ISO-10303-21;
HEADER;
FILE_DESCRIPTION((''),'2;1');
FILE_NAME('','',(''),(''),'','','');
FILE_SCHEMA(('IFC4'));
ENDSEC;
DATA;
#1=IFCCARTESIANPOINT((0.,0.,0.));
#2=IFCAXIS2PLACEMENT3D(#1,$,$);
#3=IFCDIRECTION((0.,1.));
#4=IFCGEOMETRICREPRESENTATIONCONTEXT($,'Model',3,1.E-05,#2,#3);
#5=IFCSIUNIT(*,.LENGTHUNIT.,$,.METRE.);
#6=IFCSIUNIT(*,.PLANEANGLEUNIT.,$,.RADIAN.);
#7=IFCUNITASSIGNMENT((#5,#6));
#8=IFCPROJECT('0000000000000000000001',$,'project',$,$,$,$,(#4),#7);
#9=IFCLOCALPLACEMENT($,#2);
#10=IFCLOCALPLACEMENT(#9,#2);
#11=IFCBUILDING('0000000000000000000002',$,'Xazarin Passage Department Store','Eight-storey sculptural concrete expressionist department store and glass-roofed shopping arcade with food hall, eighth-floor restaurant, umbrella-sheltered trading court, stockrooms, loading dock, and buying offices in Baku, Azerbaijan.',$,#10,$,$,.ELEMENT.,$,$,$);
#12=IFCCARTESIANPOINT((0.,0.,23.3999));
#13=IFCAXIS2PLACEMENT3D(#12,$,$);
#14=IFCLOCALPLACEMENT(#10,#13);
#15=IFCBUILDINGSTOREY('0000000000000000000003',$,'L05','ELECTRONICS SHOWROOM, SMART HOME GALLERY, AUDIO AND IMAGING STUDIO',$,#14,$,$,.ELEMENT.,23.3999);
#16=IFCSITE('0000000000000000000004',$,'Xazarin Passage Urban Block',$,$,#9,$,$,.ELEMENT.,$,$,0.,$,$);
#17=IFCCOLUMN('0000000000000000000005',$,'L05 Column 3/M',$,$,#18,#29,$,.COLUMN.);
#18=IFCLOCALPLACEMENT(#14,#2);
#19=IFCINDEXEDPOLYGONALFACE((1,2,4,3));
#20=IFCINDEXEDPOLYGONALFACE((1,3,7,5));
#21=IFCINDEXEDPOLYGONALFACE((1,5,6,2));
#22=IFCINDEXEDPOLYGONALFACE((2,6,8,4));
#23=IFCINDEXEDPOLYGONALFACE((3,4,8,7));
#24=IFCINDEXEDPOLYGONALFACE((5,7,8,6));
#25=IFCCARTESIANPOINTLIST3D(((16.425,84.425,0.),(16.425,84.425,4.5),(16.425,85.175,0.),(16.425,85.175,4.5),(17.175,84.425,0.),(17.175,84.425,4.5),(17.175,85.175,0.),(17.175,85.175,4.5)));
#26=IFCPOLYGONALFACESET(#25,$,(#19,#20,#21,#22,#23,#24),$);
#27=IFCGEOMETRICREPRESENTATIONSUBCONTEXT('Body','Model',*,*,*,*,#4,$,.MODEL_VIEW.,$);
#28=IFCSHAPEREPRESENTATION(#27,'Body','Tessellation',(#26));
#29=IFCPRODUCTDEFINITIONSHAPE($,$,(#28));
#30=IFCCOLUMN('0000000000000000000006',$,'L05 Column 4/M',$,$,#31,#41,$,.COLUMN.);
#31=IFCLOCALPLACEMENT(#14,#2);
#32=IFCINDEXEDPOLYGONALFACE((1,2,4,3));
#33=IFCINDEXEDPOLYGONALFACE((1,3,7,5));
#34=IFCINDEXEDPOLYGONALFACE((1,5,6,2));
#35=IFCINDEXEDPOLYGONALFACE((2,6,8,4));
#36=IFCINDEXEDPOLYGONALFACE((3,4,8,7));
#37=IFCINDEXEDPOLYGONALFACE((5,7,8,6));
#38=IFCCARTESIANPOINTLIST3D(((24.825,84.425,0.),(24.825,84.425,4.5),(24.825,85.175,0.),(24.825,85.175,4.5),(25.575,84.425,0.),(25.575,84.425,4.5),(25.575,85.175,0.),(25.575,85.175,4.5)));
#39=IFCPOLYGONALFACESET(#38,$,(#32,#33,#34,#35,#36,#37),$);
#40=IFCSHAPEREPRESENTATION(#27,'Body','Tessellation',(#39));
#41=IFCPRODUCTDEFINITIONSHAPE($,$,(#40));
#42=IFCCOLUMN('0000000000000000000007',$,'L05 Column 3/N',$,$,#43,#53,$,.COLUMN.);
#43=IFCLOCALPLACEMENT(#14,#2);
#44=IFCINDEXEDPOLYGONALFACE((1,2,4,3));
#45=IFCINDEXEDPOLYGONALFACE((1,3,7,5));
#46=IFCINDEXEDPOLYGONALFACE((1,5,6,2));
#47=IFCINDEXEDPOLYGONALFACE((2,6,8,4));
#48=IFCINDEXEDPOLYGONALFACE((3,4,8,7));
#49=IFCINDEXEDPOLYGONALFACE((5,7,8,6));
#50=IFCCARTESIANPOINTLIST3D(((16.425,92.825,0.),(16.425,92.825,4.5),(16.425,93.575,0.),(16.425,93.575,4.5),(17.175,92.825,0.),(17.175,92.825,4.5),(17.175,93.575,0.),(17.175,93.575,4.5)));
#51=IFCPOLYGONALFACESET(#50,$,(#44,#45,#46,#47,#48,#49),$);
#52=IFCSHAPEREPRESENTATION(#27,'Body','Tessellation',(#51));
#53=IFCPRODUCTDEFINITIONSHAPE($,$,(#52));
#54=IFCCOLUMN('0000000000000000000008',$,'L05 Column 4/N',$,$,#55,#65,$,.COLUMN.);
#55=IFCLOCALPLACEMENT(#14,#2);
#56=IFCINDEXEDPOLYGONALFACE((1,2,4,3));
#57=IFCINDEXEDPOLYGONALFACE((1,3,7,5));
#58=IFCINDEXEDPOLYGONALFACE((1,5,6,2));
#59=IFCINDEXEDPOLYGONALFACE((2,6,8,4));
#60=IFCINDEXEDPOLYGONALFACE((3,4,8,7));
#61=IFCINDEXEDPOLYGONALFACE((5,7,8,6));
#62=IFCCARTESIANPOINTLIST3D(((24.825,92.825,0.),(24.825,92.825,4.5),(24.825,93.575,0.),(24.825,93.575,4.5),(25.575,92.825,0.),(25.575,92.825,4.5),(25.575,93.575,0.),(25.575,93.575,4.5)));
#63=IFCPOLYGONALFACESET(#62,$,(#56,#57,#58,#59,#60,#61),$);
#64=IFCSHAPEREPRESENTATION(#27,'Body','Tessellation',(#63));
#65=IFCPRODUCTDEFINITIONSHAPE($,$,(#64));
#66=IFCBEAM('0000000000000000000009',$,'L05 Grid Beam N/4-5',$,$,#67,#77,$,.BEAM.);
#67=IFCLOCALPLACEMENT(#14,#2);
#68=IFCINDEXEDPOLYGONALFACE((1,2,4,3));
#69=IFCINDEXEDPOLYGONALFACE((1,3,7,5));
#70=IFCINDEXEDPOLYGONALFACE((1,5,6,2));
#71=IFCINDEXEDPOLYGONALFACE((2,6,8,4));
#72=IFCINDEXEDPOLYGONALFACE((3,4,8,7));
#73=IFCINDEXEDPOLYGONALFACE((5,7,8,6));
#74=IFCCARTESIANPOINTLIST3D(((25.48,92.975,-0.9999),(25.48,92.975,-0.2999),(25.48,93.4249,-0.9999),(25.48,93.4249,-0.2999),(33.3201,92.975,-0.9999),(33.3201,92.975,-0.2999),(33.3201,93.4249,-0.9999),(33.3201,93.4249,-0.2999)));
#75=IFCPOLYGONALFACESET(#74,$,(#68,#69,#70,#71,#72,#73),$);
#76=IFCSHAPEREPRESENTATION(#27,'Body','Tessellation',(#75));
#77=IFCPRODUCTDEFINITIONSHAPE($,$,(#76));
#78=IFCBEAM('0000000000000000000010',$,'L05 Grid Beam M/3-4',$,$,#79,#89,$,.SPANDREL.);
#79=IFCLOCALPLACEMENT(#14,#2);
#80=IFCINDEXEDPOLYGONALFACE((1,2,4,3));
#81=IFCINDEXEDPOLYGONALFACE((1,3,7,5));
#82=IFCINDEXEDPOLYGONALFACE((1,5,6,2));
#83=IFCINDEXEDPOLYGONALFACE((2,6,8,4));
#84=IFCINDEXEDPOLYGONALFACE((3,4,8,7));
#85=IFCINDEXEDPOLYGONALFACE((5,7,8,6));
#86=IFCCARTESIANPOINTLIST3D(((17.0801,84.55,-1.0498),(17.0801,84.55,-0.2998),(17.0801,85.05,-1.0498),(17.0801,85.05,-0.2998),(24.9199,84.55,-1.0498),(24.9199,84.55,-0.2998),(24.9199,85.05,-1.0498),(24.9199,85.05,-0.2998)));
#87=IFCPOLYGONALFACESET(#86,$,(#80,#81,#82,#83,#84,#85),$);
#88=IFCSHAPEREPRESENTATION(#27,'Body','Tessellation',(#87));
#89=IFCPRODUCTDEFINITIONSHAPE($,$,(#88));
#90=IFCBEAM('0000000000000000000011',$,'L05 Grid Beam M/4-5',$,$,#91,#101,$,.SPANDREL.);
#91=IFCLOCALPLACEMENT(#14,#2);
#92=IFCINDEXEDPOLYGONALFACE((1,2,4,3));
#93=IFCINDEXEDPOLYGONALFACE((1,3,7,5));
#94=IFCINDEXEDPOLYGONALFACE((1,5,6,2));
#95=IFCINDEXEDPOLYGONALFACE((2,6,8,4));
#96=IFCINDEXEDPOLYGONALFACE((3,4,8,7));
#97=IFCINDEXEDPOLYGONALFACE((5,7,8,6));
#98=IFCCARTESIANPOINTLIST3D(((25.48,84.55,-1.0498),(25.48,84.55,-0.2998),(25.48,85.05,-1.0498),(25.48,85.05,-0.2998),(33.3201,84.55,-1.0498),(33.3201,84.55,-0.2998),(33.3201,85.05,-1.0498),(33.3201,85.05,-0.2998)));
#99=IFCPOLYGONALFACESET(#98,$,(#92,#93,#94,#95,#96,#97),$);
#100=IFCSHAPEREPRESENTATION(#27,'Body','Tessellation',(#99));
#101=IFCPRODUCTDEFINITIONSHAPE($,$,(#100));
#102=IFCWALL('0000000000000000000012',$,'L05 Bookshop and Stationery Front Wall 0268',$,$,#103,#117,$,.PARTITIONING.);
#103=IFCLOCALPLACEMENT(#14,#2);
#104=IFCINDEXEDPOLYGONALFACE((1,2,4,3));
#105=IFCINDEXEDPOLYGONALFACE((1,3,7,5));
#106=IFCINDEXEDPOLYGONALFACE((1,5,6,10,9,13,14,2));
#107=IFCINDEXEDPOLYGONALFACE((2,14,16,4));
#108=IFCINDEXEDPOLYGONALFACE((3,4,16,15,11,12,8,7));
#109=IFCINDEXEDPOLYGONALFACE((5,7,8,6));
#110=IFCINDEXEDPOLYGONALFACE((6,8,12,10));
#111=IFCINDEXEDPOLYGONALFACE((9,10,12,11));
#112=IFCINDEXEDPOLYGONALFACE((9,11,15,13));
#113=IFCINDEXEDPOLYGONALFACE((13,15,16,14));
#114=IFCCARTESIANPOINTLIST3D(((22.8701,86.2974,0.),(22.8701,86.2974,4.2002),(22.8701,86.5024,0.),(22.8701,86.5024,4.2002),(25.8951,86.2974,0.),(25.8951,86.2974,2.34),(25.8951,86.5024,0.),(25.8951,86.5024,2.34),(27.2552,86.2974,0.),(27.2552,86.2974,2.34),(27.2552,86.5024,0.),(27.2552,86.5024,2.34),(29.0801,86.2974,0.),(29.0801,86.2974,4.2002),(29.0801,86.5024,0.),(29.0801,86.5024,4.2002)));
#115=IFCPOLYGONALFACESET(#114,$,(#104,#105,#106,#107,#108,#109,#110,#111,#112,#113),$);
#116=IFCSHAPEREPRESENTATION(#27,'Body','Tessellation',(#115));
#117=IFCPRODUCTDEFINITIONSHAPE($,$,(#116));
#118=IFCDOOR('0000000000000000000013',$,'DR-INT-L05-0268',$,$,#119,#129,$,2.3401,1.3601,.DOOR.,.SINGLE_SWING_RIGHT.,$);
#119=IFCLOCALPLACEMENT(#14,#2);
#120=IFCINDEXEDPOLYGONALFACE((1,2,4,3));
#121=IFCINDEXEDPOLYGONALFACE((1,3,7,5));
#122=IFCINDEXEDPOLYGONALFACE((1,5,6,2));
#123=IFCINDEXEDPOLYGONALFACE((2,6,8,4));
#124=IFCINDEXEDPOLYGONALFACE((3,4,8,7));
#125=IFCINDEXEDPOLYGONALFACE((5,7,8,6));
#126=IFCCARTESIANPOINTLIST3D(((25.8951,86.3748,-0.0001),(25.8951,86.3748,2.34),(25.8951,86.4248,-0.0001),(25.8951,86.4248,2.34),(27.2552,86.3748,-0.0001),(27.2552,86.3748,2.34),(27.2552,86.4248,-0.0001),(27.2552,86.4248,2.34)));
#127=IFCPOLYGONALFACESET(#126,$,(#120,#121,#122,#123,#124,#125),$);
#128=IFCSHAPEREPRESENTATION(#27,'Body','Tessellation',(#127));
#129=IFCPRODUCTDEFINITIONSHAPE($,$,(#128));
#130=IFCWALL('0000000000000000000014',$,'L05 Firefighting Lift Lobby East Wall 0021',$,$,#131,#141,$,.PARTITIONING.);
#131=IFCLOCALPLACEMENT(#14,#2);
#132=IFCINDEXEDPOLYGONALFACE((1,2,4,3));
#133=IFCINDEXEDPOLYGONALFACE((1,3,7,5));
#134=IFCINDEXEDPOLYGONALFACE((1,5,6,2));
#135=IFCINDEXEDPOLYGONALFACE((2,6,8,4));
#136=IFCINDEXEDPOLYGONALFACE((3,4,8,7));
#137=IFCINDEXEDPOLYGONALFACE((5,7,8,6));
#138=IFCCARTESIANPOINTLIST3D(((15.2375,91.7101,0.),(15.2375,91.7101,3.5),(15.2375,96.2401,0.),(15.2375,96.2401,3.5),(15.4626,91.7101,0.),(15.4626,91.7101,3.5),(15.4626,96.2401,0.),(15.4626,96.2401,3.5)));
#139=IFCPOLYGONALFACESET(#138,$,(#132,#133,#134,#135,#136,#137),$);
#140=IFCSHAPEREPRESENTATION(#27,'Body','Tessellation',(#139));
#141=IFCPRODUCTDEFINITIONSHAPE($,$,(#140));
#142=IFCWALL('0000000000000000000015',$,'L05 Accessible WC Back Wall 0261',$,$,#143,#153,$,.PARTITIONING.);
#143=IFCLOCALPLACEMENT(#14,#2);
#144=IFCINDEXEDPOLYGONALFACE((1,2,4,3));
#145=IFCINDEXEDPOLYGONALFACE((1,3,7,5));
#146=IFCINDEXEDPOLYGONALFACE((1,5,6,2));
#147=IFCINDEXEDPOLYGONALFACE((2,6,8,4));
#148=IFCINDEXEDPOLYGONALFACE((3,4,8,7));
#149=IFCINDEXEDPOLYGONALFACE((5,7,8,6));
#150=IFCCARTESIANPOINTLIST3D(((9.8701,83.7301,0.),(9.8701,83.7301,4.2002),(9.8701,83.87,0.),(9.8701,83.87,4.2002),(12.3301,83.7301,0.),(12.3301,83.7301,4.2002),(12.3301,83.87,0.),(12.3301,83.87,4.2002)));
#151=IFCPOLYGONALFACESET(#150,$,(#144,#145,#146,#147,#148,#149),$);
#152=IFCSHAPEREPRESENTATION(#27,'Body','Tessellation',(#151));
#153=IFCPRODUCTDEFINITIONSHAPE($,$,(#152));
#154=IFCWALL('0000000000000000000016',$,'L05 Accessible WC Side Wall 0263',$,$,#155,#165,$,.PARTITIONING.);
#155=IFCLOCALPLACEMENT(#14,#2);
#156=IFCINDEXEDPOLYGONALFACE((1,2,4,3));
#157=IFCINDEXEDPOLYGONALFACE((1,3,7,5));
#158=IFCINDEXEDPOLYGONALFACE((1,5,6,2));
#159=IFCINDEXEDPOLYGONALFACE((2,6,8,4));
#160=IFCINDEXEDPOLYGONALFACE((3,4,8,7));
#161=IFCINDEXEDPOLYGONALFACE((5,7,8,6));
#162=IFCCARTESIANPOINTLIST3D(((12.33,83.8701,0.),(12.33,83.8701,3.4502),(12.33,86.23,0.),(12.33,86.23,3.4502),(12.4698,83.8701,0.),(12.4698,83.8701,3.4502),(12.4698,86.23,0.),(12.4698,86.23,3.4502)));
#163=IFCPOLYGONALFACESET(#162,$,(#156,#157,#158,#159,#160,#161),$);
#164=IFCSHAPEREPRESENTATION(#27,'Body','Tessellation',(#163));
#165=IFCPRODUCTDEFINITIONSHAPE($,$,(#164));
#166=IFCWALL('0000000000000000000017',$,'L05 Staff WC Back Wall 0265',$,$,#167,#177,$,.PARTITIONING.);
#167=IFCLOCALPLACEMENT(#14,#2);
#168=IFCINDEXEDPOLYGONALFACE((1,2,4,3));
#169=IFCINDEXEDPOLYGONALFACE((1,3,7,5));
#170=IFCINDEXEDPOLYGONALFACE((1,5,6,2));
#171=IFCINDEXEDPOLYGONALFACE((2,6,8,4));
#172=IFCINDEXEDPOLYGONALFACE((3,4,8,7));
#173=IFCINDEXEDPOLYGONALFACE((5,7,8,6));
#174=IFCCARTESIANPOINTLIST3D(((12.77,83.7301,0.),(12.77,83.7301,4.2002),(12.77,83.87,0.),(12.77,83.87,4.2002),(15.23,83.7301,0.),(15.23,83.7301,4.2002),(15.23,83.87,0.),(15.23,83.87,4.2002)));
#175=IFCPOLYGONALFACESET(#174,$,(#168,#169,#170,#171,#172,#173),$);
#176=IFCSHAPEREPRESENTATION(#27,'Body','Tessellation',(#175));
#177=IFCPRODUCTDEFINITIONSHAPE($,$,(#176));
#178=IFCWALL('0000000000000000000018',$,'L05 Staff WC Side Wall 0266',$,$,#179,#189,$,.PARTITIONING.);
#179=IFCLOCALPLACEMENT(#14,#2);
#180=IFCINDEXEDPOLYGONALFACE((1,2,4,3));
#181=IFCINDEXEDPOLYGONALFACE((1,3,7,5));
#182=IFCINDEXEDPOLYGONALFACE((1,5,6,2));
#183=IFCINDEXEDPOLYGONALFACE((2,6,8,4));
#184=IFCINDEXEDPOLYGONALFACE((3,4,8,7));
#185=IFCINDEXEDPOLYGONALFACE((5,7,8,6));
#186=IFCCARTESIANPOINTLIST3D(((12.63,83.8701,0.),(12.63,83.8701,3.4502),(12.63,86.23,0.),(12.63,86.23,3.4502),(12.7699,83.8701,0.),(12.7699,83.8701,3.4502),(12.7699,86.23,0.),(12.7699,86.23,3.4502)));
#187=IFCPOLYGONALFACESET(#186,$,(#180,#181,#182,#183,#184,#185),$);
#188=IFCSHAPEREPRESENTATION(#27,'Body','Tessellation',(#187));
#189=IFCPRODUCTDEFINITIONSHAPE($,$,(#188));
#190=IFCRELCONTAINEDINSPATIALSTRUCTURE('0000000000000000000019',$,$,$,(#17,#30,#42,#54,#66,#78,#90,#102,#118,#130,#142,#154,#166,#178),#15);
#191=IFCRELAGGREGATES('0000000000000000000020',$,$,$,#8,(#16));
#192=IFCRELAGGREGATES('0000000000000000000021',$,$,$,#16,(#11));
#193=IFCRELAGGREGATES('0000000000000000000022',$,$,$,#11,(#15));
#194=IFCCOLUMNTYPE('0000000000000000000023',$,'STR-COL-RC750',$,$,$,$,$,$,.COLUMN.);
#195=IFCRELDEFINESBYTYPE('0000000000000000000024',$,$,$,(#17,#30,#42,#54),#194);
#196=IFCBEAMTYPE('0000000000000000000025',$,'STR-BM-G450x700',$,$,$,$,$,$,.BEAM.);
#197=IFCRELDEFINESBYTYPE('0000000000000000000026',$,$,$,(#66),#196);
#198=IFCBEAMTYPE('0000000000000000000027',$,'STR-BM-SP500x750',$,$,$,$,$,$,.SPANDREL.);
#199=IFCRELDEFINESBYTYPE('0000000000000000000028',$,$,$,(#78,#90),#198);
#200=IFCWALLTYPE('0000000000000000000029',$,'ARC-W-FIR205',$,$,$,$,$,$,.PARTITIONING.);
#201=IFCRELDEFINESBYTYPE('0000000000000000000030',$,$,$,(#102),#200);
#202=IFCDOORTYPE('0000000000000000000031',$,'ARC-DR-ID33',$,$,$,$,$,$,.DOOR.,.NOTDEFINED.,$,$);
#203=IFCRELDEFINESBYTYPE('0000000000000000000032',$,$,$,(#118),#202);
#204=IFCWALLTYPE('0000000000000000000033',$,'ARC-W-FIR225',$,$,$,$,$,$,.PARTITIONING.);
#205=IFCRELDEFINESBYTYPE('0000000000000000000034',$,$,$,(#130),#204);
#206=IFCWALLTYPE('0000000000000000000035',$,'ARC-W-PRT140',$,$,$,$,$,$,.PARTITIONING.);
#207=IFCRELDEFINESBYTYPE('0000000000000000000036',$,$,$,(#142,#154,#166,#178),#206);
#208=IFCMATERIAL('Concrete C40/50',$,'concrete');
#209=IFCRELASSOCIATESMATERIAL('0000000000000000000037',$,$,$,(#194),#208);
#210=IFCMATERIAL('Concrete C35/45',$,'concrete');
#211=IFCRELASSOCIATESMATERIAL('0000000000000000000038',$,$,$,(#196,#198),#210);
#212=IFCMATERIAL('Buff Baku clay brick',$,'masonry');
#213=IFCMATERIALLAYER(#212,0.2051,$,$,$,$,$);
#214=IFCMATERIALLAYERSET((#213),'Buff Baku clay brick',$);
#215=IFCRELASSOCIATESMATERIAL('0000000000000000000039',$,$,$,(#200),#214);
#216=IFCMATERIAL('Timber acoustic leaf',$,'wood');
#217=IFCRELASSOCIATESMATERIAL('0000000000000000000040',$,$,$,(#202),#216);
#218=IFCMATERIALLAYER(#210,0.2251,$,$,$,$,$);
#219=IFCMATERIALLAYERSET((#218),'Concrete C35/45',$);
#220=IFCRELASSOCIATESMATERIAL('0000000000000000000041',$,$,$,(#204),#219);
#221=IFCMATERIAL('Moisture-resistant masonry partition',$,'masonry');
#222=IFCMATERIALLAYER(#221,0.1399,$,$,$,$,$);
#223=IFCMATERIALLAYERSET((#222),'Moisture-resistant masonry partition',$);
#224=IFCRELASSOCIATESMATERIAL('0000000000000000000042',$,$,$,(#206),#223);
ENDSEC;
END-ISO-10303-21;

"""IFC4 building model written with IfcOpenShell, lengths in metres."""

from ifc_helpers import new_model, si_unit, direction, frame, frame_2d, origin, origin_2d, place, context, subcontext, project, spatial, rectangle, extrude, material, layer, layer_set, material_profile, profile_set, type_object, element, fill, save


model = new_model("IFC4")

# Units and contexts
model_context = context("Model", 3, precision=1e-05, world=origin(), true_north=direction((0.0, 1.0)))
body_context = subcontext(model_context, "Body", "Model", "MODEL_VIEW")
ifc_project = project(units=[si_unit("LENGTHUNIT", "METRE"), si_unit("PLANEANGLEUNIT", "RADIAN")], contexts=[model_context])

# Site, building, storey
site_placement = place(None, origin())
site = spatial("IfcSite", under=ifc_project, at=site_placement, Name="Xazarin Passage Urban Block", CompositionType="ELEMENT", RefElevation=0.0)
building_placement = place(site_placement, origin())
building = spatial("IfcBuilding", under=site, at=building_placement, Name="Xazarin Passage Department Store", Description="Eight-storey sculptural concrete expressionist department store and glass-roofed shopping arcade with food hall, eighth-floor restaurant, umbrella-sheltered trading court, stockrooms, loading dock, and buying offices in Baku, Azerbaijan.", CompositionType="ELEMENT")
storey_placement = place(building_placement, frame((0.0, 0.0, 23.3999)))
storey = spatial("IfcBuildingStorey", under=building, at=storey_placement, Name="L05", Description="ELECTRONICS SHOWROOM, SMART HOME GALLERY, AUDIO AND IMAGING STUDIO", CompositionType="ELEMENT", Elevation=23.3999)

# Columns
ifc_material_1 = material(Name="Concrete C40/50", Category="concrete")
ifc_material_profile_1 = material_profile(ifc_material_1, rectangle(XDim=0.75, YDim=0.75, at=origin_2d()), Name="RC 750x750")
ifc_profile_set_1 = profile_set([ifc_material_profile_1], Name="Concrete C40/50")
column_type = type_object("IfcColumnType", Name="STR-COL-RC750", PredefinedType="COLUMN", material=ifc_profile_set_1)
for number, where, z_axis, x_axis, name in (
    (1, (16.8, 84.8, 0.0), (0.0, 0.0, 1.0), (1.0, 0.0, 0.0), "L05 Column 3/M"),
    (2, (25.2, 84.8, 0.0), (0.0, 0.0, 1.0), (1.0, 0.0, 0.0), "L05 Column 4/M"),
    (3, (16.8, 93.2, 0.0), (0.0, 0.0, 1.0), (1.0, 0.0, 0.0), "L05 Column 3/N"),
    (4, (25.2, 93.2, 0.0), (0.0, 0.0, 1.0), (1.0, 0.0, 0.0), "L05 Column 4/N"),
):
    element("IfcColumn", number, at=place(storey_placement, frame(where, z_axis=z_axis, x_axis=x_axis)), inside=storey, type_object=column_type, Name=name, PredefinedType="COLUMN", context=body_context, shape_type="SweptSolid", body=[
        extrude(rectangle(XDim=0.75, YDim=0.75, at=origin_2d()), origin(), (0.0, 0.0, 1.0), 4.5),
    ])

# Beams
ifc_material_2 = material(Name="Concrete C35/45", Category="concrete")
ifc_material_profile_2 = material_profile(ifc_material_2, rectangle(XDim=0.45, YDim=0.7, at=origin_2d()), Name="RC 450x700")
ifc_profile_set_2 = profile_set([ifc_material_profile_2], Name="Concrete C35/45")
beam_type_1 = type_object("IfcBeamType", Name="STR-BM-G450x700", PredefinedType="BEAM", material=ifc_profile_set_2)
beam_1_placement = place(storey_placement, frame((25.48, 93.2, -0.6499), z_axis=(1.0, 0.0, 0.0), x_axis=(0.0, 1.0, 0.0)))
element("IfcBeam", 5, at=beam_1_placement, inside=storey, type_object=beam_type_1, Name="L05 Grid Beam N/4-5", PredefinedType="BEAM", context=body_context, shape_type="SweptSolid", body=[
    extrude(rectangle(XDim=0.45, YDim=0.7, at=origin_2d()), origin(), (0.0, 0.0, 1.0), 7.8401),
])
ifc_material_profile_3 = material_profile(ifc_material_2, rectangle(XDim=0.5, YDim=0.75, at=origin_2d()), Name="RC 500x750")
ifc_profile_set_3 = profile_set([ifc_material_profile_3], Name="Concrete C35/45")
beam_type_2 = type_object("IfcBeamType", Name="STR-BM-SP500x750", PredefinedType="SPANDREL", material=ifc_profile_set_3)
beam_2_placement = place(storey_placement, frame((17.0801, 84.8, -0.6748), z_axis=(1.0, 0.0, 0.0), x_axis=(0.0, 1.0, 0.0)))
element("IfcBeam", 6, at=beam_2_placement, inside=storey, type_object=beam_type_2, Name="L05 Grid Beam M/3-4", PredefinedType="SPANDREL", context=body_context, shape_type="SweptSolid", body=[
    extrude(rectangle(XDim=0.5, YDim=0.75, at=origin_2d()), origin(), (0.0, 0.0, 1.0), 7.8398),
])
beam_3_placement = place(storey_placement, frame((25.48, 84.8, -0.6748), z_axis=(1.0, 0.0, 0.0), x_axis=(0.0, 1.0, 0.0)))
element("IfcBeam", 7, at=beam_3_placement, inside=storey, type_object=beam_type_2, Name="L05 Grid Beam M/4-5", PredefinedType="SPANDREL", context=body_context, shape_type="SweptSolid", body=[
    extrude(rectangle(XDim=0.5, YDim=0.75, at=origin_2d()), origin(), (0.0, 0.0, 1.0), 7.8401),
])

# Wall, opening, door
ifc_material_3 = material(Name="Buff Baku clay brick", Category="masonry")
ifc_layer_1 = layer(ifc_material_3, 0.2051)
ifc_layer_set_1 = layer_set([ifc_layer_1], Name="Buff Baku clay brick")
wall_type_1 = type_object("IfcWallType", Name="ARC-W-FIR205", PredefinedType="PARTITIONING", material=ifc_layer_set_1)
wall_1_placement = place(storey_placement, frame((22.8701, 86.3999, 0.0), z_axis=(0.0, 0.0, 1.0), x_axis=(1.0, 0.0, 0.0)))
wall_1 = element("IfcWall", 8, at=wall_1_placement, inside=storey, type_object=wall_type_1, Name="L05 Bookshop and Stationery Front Wall 0268", PredefinedType="PARTITIONING", context=body_context, shape_type="SweptSolid", body=[
    extrude(rectangle(XDim=6.21, YDim=0.2051, at=frame_2d((3.105, 0.0))), origin(), (0.0, 0.0, 1.0), 4.2002),
])
opening_1_placement = place(wall_1_placement, frame((3.0249, 0.0, 0.0)))
opening_1 = element("IfcOpeningElement", 9, at=opening_1_placement, cuts=wall_1, PredefinedType="OPENING", context=body_context, shape_type="SweptSolid", body=[
    extrude(rectangle(XDim=1.3601, YDim=2.3401, at=frame_2d((0.6802, 1.1699))), frame((0.0, 0.1125, 0.0), z_axis=(0.0, -1.0, 0.0), x_axis=(1.0, 0.0, 0.0)), (0.0, 0.0, 1.0), 0.2251),
])
ifc_material_4 = material(Name="Timber acoustic leaf", Category="wood")
door_type_1 = type_object("IfcDoorType", Name="ARC-DR-ID33", OperationType="NOTDEFINED", PredefinedType="DOOR", material=ifc_material_4)
door_1_placement = place(opening_1_placement, origin())
door_1 = element("IfcDoor", 10, at=door_1_placement, inside=storey, type_object=door_type_1, Name="DR-INT-L05-0268", OperationType="SINGLE_SWING_RIGHT", OverallHeight=2.3401, OverallWidth=1.3601, PredefinedType="DOOR", context=body_context, shape_type="SweptSolid", body=[
    extrude(rectangle(XDim=1.3601, YDim=2.3401, at=frame_2d((0.6802, 1.1699))), frame((0.0, 0.0249, 0.0), z_axis=(0.0, -1.0, 0.0), x_axis=(1.0, 0.0, 0.0)), (0.0, 0.0, 1.0), 0.05),
])
fill(opening_1, door_1)

# Wall
ifc_layer_2 = layer(ifc_material_2, 0.2251)
ifc_layer_set_2 = layer_set([ifc_layer_2], Name="Concrete C35/45")
wall_type_2 = type_object("IfcWallType", Name="ARC-W-FIR225", PredefinedType="PARTITIONING", material=ifc_layer_set_2)
wall_2_placement = place(storey_placement, frame((15.3501, 91.71, 0.0), z_axis=(0.0, 0.0, 1.0), x_axis=(0.0, 1.0, 0.0)))
element("IfcWall", 11, at=wall_2_placement, inside=storey, type_object=wall_type_2, Name="L05 Firefighting Lift Lobby East Wall 0021", PredefinedType="PARTITIONING", context=body_context, shape_type="SweptSolid", body=[
    extrude(rectangle(XDim=4.53, YDim=0.2251, at=frame_2d((2.2651, 0.0))), origin(), (0.0, 0.0, 1.0), 3.5),
])

# Shared definitions
ifc_material_5 = material(Name="Moisture-resistant masonry partition", Category="masonry")
ifc_layer_3 = layer(ifc_material_5, 0.1399)
ifc_layer_set_3 = layer_set([ifc_layer_3], Name="Moisture-resistant masonry partition")
wall_type_3 = type_object("IfcWallType", Name="ARC-W-PRT140", PredefinedType="PARTITIONING", material=ifc_layer_set_3)

# Walls
wall_3_placement = place(storey_placement, frame((9.8701, 83.8, 0.0), z_axis=(0.0, 0.0, 1.0), x_axis=(1.0, 0.0, 0.0)))
element("IfcWall", 12, at=wall_3_placement, inside=storey, type_object=wall_type_3, Name="L05 Accessible WC Back Wall 0261", PredefinedType="PARTITIONING", context=body_context, shape_type="SweptSolid", body=[
    extrude(rectangle(XDim=2.46, YDim=0.1399, at=frame_2d((1.23, 0.0))), origin(), (0.0, 0.0, 1.0), 4.2002),
])
wall_4_placement = place(storey_placement, frame((12.3999, 83.8701, 0.0), z_axis=(0.0, 0.0, 1.0), x_axis=(0.0, 1.0, 0.0)))
element("IfcWall", 13, at=wall_4_placement, inside=storey, type_object=wall_type_3, Name="L05 Accessible WC Side Wall 0263", PredefinedType="PARTITIONING", context=body_context, shape_type="SweptSolid", body=[
    extrude(rectangle(XDim=2.3599, YDim=0.1399, at=frame_2d((1.1799, 0.0))), origin(), (0.0, 0.0, 1.0), 3.4502),
])

# Walls
wall_5_placement = place(storey_placement, frame((12.77, 83.8, 0.0), z_axis=(0.0, 0.0, 1.0), x_axis=(1.0, 0.0, 0.0)))
element("IfcWall", 14, at=wall_5_placement, inside=storey, type_object=wall_type_3, Name="L05 Staff WC Back Wall 0265", PredefinedType="PARTITIONING", context=body_context, shape_type="SweptSolid", body=[
    extrude(rectangle(XDim=2.46, YDim=0.1399, at=frame_2d((1.23, 0.0))), origin(), (0.0, 0.0, 1.0), 4.2002),
])
for number, where, z_axis, x_axis, name in (
    (15, (12.7, 83.8701, 0.0), (0.0, 0.0, 1.0), (0.0, 1.0, 0.0), "L05 Staff WC Side Wall 0266"),
):
    element("IfcWall", number, at=place(storey_placement, frame(where, z_axis=z_axis, x_axis=x_axis)), inside=storey, type_object=wall_type_3, Name=name, PredefinedType="PARTITIONING", context=body_context, shape_type="SweptSolid", body=[
        extrude(rectangle(XDim=2.3599, YDim=0.1399, at=frame_2d((1.1799, 0.0))), origin(), (0.0, 0.0, 1.0), 3.4502),
    ])

save(model, "model.ifc")
